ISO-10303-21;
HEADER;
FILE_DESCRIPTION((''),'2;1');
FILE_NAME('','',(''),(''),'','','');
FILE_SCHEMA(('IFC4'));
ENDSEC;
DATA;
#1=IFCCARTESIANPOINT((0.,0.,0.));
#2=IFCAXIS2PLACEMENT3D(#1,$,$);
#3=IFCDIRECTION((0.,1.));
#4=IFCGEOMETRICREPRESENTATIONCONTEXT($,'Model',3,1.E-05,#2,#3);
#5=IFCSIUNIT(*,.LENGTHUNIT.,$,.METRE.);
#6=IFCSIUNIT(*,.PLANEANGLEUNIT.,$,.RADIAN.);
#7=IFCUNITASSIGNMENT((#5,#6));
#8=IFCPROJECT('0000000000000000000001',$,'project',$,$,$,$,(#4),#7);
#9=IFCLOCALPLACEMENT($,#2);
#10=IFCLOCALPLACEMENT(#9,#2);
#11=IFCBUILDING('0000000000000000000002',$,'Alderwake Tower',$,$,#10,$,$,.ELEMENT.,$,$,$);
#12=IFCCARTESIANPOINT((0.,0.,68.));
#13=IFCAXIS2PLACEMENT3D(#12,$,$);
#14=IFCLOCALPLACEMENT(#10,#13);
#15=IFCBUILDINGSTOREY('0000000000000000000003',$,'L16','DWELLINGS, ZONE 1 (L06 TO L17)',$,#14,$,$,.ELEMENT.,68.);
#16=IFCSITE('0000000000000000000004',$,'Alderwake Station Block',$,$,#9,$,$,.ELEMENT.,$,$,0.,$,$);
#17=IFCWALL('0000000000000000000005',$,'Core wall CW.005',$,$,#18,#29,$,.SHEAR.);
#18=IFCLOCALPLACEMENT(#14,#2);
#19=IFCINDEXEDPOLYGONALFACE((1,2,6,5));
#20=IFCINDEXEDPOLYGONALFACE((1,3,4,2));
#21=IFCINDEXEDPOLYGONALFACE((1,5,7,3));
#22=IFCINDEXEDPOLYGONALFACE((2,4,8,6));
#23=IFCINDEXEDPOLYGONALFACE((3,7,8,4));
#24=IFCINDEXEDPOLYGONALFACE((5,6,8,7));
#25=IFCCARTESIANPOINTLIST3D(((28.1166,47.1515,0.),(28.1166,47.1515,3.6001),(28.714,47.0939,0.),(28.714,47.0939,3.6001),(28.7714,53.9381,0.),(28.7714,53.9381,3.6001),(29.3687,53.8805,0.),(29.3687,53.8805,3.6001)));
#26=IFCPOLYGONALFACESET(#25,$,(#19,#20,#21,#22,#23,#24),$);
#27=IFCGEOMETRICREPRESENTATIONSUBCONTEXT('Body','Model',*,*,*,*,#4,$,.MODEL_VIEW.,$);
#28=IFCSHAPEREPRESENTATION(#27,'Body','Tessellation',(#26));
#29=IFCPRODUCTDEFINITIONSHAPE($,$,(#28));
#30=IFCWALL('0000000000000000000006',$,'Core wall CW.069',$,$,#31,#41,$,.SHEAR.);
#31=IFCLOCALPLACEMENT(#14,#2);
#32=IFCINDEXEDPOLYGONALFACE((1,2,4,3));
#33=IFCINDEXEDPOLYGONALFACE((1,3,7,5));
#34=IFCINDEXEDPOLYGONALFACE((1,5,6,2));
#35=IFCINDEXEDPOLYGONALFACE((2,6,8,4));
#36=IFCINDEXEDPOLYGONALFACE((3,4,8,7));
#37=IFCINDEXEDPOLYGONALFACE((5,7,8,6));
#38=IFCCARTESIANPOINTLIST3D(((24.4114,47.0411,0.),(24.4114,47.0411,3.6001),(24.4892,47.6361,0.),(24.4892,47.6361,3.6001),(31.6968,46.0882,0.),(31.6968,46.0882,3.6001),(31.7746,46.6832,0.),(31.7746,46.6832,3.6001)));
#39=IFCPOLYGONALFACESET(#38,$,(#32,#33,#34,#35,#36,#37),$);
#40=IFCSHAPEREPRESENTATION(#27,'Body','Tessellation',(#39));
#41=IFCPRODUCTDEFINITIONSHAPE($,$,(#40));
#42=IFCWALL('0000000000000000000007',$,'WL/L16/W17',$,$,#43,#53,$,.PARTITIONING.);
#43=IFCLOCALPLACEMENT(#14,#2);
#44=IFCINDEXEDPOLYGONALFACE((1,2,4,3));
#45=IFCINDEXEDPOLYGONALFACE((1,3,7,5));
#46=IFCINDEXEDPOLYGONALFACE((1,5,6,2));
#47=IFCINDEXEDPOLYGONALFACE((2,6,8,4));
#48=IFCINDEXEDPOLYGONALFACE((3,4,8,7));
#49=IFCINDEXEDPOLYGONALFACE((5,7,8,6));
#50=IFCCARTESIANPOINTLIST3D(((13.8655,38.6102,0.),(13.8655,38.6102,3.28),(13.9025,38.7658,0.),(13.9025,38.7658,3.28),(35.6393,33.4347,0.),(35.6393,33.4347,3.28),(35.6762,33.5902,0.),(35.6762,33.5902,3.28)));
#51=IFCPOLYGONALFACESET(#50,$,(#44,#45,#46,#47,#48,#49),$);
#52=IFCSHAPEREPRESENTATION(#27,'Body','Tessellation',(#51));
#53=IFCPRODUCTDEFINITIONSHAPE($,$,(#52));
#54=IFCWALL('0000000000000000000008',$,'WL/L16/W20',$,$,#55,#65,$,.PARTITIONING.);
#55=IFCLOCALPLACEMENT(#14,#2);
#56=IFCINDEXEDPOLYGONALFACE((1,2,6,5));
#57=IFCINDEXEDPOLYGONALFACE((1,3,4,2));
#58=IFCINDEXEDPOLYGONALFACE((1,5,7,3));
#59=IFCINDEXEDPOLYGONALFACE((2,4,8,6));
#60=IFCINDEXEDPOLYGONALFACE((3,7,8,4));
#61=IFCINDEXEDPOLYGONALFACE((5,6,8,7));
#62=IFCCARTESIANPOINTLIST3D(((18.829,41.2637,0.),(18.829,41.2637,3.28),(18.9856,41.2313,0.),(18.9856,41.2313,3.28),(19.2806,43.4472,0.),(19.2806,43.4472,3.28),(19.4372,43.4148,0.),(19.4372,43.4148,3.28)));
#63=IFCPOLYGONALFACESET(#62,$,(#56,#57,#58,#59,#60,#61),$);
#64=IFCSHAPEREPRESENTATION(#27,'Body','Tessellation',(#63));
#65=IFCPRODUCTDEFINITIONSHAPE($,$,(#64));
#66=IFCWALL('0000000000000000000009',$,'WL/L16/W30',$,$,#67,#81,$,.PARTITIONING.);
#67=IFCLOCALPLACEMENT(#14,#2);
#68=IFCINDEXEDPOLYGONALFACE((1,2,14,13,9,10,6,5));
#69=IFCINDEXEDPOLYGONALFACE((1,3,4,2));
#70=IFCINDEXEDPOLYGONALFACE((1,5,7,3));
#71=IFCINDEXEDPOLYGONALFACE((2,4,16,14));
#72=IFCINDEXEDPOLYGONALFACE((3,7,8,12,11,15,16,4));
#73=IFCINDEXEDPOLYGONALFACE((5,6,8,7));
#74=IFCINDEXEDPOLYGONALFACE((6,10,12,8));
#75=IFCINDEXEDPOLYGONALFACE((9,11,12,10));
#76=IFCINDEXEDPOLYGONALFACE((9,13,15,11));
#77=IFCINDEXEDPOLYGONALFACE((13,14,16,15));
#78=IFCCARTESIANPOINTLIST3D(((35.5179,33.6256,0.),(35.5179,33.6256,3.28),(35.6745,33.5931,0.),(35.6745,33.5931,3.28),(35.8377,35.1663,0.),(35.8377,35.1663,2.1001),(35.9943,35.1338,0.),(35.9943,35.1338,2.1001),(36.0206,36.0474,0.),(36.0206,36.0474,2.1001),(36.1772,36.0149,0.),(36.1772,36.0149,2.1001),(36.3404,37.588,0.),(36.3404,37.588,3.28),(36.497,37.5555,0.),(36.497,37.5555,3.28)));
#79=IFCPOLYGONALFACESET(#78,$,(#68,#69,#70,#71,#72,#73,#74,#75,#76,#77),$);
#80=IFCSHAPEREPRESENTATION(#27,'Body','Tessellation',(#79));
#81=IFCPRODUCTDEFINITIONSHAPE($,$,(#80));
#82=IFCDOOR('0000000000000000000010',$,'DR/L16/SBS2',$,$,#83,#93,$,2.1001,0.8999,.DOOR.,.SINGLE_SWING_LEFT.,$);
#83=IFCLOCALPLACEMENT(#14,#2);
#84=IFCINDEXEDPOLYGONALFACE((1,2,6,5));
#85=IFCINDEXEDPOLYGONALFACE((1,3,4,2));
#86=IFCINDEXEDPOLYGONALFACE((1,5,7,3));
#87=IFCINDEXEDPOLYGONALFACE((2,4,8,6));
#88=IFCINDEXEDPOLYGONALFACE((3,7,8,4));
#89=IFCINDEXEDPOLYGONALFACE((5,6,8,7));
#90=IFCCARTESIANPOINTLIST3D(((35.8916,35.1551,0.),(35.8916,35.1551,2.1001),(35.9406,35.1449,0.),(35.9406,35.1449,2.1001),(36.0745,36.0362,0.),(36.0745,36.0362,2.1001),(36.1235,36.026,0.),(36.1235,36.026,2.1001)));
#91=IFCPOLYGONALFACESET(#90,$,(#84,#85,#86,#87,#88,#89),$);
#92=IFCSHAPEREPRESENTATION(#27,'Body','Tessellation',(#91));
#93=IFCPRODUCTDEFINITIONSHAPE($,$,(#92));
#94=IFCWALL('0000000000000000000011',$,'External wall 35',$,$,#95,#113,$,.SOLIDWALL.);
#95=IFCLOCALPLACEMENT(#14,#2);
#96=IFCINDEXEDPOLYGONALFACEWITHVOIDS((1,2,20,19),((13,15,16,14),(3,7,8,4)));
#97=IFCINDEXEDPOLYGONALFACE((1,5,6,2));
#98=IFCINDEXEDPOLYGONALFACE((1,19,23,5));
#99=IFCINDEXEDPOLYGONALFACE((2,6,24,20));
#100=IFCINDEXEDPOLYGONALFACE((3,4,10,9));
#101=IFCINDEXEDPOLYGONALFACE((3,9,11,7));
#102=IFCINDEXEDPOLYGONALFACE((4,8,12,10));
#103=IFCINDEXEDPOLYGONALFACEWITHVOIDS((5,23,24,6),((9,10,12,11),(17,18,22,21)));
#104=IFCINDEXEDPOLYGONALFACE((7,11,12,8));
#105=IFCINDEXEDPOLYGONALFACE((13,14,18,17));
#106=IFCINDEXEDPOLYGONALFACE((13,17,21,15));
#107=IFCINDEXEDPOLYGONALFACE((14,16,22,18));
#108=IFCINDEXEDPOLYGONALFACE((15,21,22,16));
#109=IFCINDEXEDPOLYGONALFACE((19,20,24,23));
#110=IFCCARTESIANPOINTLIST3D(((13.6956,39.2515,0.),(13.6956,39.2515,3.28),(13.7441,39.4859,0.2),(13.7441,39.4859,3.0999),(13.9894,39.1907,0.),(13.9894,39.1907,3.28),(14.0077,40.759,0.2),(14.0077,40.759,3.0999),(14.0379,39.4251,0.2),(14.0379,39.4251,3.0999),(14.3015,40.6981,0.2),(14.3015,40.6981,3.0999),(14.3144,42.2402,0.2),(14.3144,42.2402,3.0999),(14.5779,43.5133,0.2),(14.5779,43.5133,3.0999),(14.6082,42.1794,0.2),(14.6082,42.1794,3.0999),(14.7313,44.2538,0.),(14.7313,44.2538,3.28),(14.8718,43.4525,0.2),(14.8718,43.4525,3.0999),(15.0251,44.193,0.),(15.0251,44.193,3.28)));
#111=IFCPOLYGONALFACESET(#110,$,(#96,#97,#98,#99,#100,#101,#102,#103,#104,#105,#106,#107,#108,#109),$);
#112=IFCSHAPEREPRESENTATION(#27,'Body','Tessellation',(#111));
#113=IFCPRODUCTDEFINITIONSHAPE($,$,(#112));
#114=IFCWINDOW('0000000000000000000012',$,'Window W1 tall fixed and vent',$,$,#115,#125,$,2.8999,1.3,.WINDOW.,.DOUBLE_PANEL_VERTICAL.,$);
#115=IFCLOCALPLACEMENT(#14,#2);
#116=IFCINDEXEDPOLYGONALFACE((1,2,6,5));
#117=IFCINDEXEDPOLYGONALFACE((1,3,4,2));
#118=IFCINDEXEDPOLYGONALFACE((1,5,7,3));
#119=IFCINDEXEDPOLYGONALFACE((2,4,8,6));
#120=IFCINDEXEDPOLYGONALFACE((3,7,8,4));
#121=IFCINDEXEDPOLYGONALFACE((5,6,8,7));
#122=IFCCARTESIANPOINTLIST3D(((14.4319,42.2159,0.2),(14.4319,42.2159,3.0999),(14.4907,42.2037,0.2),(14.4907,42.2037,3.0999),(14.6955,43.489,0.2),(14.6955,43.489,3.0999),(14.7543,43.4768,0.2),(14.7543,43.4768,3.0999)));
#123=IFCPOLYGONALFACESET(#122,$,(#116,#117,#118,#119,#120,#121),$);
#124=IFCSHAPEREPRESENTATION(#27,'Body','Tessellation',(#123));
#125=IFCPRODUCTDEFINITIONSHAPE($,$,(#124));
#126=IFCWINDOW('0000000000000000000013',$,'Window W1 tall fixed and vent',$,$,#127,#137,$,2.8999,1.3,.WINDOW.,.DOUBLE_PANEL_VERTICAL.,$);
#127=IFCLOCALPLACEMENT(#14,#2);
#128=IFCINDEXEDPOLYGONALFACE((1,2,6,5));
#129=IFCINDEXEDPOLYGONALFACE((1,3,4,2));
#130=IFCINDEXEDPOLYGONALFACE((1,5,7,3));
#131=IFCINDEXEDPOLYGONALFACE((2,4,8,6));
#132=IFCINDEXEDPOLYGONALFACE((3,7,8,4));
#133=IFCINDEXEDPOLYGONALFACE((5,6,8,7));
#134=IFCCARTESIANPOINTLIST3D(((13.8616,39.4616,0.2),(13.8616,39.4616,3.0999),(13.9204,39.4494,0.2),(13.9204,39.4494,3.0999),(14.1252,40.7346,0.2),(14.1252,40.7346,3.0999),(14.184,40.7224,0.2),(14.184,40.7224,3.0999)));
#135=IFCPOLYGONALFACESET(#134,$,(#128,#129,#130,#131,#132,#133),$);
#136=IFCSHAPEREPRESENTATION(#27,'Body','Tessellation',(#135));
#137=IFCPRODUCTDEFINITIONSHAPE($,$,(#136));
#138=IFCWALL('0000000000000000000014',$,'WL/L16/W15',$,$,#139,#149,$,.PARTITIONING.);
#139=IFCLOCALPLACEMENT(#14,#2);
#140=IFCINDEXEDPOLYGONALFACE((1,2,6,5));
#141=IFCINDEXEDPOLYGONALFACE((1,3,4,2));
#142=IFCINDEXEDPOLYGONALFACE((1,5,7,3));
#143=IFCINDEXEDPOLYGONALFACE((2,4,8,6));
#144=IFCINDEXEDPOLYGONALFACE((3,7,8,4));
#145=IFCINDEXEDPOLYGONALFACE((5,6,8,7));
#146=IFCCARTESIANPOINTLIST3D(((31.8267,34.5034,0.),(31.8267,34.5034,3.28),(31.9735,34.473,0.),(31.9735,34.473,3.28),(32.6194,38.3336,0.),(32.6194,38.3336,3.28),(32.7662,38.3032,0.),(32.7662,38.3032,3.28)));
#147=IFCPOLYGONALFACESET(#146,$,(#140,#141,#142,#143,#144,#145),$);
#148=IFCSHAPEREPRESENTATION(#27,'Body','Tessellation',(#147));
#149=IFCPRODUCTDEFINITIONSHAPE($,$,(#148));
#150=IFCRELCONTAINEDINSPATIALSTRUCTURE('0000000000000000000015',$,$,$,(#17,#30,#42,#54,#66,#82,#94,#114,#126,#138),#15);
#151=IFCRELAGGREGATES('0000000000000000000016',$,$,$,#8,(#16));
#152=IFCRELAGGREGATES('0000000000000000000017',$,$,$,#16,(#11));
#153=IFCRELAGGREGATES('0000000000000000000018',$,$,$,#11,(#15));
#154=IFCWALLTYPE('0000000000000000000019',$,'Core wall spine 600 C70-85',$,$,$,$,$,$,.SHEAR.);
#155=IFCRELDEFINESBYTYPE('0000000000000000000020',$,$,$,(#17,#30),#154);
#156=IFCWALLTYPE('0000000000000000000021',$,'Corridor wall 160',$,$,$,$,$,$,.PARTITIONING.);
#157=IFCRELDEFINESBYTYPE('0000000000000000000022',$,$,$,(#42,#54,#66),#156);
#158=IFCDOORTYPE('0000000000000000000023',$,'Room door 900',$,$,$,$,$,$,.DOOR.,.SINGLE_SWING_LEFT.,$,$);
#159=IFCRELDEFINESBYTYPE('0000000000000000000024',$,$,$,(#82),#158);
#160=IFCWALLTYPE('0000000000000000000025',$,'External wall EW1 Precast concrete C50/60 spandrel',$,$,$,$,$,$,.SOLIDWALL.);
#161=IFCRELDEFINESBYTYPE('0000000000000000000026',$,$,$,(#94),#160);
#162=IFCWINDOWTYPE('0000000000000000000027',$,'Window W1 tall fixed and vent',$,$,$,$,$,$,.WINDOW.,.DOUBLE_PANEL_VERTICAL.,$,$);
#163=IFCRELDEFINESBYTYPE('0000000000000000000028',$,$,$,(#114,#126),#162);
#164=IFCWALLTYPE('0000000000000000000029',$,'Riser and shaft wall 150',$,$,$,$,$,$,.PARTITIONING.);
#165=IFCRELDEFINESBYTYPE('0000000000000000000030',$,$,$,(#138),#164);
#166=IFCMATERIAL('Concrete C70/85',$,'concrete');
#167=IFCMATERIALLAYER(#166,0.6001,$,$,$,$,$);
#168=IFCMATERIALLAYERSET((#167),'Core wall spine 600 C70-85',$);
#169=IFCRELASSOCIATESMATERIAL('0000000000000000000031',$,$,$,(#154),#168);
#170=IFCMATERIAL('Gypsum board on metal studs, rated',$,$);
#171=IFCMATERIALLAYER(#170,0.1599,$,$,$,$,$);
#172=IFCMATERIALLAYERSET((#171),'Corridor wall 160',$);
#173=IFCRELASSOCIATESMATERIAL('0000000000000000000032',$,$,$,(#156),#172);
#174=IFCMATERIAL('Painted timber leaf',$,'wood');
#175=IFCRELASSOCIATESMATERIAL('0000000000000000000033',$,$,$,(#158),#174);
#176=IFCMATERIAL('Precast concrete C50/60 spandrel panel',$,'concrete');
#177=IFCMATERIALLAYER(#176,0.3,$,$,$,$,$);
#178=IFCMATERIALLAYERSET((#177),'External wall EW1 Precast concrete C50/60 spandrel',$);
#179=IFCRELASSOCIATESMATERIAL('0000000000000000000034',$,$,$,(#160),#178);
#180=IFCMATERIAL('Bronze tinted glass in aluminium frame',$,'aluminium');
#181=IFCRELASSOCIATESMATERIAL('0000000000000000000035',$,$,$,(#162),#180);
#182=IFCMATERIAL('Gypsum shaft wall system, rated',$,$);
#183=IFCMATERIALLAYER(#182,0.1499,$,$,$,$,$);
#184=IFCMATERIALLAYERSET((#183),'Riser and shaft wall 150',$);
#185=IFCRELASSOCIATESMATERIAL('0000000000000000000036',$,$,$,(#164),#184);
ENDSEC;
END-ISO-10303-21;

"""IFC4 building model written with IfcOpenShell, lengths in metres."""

from ifc_helpers import new_model, si_unit, direction, frame, frame_2d, origin, place, context, subcontext, project, spatial, rectangle, extrude, material, layer, layer_set, type_object, element, fill, save


model = new_model("IFC4")

# Units and contexts
model_context = context("Model", 3, precision=1e-05, world=origin(), true_north=direction((0.0, 1.0)))
body_context = subcontext(model_context, "Body", "Model", "MODEL_VIEW")
ifc_project = project(units=[si_unit("LENGTHUNIT", "METRE"), si_unit("PLANEANGLEUNIT", "RADIAN")], contexts=[model_context])

# Site, building, storey
site_placement = place(None, origin())
site = spatial("IfcSite", under=ifc_project, at=site_placement, Name="Alderwake Station Block", CompositionType="ELEMENT", RefElevation=0.0)
building_placement = place(site_placement, origin())
building = spatial("IfcBuilding", under=site, at=building_placement, Name="Alderwake Tower", CompositionType="ELEMENT")
storey_placement = place(building_placement, frame((0.0, 0.0, 68.0)))
storey = spatial("IfcBuildingStorey", under=building, at=storey_placement, Name="L16", Description="DWELLINGS, ZONE 1 (L06 TO L17)", CompositionType="ELEMENT", Elevation=68.0)

# Shared definitions
ifc_material_1 = material(Name="Concrete C70/85", Category="concrete")
ifc_layer_1 = layer(ifc_material_1, 0.6001)
ifc_layer_set_1 = layer_set([ifc_layer_1], Name="Core wall spine 600 C70-85")
wall_type_1 = type_object("IfcWallType", Name="Core wall spine 600 C70-85", PredefinedType="SHEAR", material=ifc_layer_set_1)

# Walls
wall_1_placement = place(storey_placement, frame((28.4153, 47.1226, 0.0), z_axis=(0.0, 0.0, 1.0), x_axis=(0.096036, 0.995378, 0.0)))
element("IfcWall", 1, at=wall_1_placement, inside=storey, type_object=wall_type_1, Name="Core wall CW.005", PredefinedType="SHEAR", context=body_context, shape_type="SweptSolid", body=[
    extrude(rectangle(XDim=6.8181, YDim=0.6001, at=frame_2d((3.4092, 0.0))), origin(), (0.0, 0.0, 1.0), 3.6001),
])
wall_2_placement = place(storey_placement, frame((24.4502, 47.3386, 0.0), z_axis=(0.0, 0.0, 1.0), x_axis=(0.991555, -0.129689, 0.0)))
element("IfcWall", 2, at=wall_2_placement, inside=storey, type_object=wall_type_1, Name="Core wall CW.069", PredefinedType="SHEAR", context=body_context, shape_type="SweptSolid", body=[
    extrude(rectangle(XDim=7.3474, YDim=0.6001, at=frame_2d((3.6738, 0.0))), origin(), (0.0, 0.0, 1.0), 3.6001),
])
ifc_material_2 = material(Name="Gypsum board on metal studs, rated")
ifc_layer_2 = layer(ifc_material_2, 0.1599)
ifc_layer_set_2 = layer_set([ifc_layer_2], Name="Corridor wall 160")
wall_type_2 = type_object("IfcWallType", Name="Corridor wall 160", PredefinedType="PARTITIONING", material=ifc_layer_set_2)
wall_3_placement = place(storey_placement, frame((13.884, 38.688, 0.0), z_axis=(0.0, 0.0, 1.0), x_axis=(0.972893, -0.231254, 0.0)))
element("IfcWall", 3, at=wall_3_placement, inside=storey, type_object=wall_type_2, Name="WL/L16/W17", PredefinedType="PARTITIONING", context=body_context, shape_type="SweptSolid", body=[
    extrude(rectangle(XDim=22.3804, YDim=0.1599, at=frame_2d((11.1902, 0.0))), origin(), (0.0, 0.0, 1.0), 3.28),
])
wall_4_placement = place(storey_placement, frame((19.3589, 43.4309, 0.0), z_axis=(0.0, 0.0, 1.0), x_axis=(-0.202555, -0.979271, 0.0)))
element("IfcWall", 4, at=wall_4_placement, inside=storey, type_object=wall_type_2, Name="WL/L16/W20", PredefinedType="PARTITIONING", context=body_context, shape_type="SweptSolid", body=[
    extrude(rectangle(XDim=2.2297, YDim=0.1599, at=frame_2d((1.1147, 0.0))), origin(), (0.0, 0.0, 1.0), 3.28),
])

# Wall, opening, door
wall_5_placement = place(storey_placement, frame((35.5962, 33.6094, 0.0), z_axis=(0.0, 0.0, 1.0), x_axis=(0.203246, 0.979128, 0.0)))
wall_5 = element("IfcWall", 5, at=wall_5_placement, inside=storey, type_object=wall_type_2, Name="WL/L16/W30", PredefinedType="PARTITIONING", context=body_context, shape_type="SweptSolid", body=[
    extrude(rectangle(XDim=4.0469, YDim=0.1599, at=frame_2d((2.0234, 0.0))), origin(), (0.0, 0.0, 1.0), 3.28),
])
opening_1_placement = place(wall_5_placement, frame((1.5735, 0.0, 0.0)))
opening_1 = element("IfcOpeningElement", 6, at=opening_1_placement, cuts=wall_5, PredefinedType="OPENING", context=body_context, shape_type="SweptSolid", body=[
    extrude(rectangle(XDim=0.8999, YDim=2.1001, at=frame_2d((0.45, 1.05))), frame((0.0, 0.0898, 0.0), z_axis=(0.0, -1.0, 0.0), x_axis=(1.0, 0.0, 0.0)), (0.0, 0.0, 1.0), 0.1799),
])
ifc_material_3 = material(Name="Painted timber leaf", Category="wood")
door_type_1 = type_object("IfcDoorType", Name="Room door 900", OperationType="SINGLE_SWING_LEFT", PredefinedType="DOOR", material=ifc_material_3)
door_1_placement = place(opening_1_placement, origin())
door_1 = element("IfcDoor", 7, at=door_1_placement, inside=storey, type_object=door_type_1, Name="DR/L16/SBS2", OperationType="SINGLE_SWING_LEFT", OverallHeight=2.1001, OverallWidth=0.8999, PredefinedType="DOOR", context=body_context, shape_type="SweptSolid", body=[
    extrude(rectangle(XDim=0.8999, YDim=2.1001, at=frame_2d((0.45, 1.05))), frame((0.0, 0.0249, 0.0), z_axis=(0.0, -1.0, 0.0), x_axis=(1.0, 0.0, 0.0)), (0.0, 0.0, 1.0), 0.05),
])
fill(opening_1, door_1)

# Wall, openings, windows
ifc_material_4 = material(Name="Precast concrete C50/60 spandrel panel", Category="concrete")
ifc_layer_3 = layer(ifc_material_4, 0.3)
ifc_layer_set_3 = layer_set([ifc_layer_3], Name="External wall EW1 Precast concrete C50/60 spandrel")
wall_type_3 = type_object("IfcWallType", Name="External wall EW1 Precast concrete C50/60 spandrel", PredefinedType="SOLIDWALL", material=ifc_layer_set_3)
wall_6_placement = place(storey_placement, frame((14.8782, 44.2234, 0.0), z_axis=(0.0, 0.0, 1.0), x_axis=(-0.202738, -0.979233, 0.0)))
wall_6 = element("IfcWall", 8, at=wall_6_placement, inside=storey, type_object=wall_type_3, Name="External wall 35", PredefinedType="SOLIDWALL", context=body_context, shape_type="SweptSolid", body=[
    extrude(rectangle(XDim=5.1084, YDim=0.3, at=frame_2d((2.5542, 0.0))), origin(), (0.0, 0.0, 1.0), 3.28),
])
opening_2_placement = place(wall_6_placement, frame((0.7563, 0.0, 0.2)))
opening_2 = element("IfcOpeningElement", 9, at=opening_2_placement, cuts=wall_6, PredefinedType="OPENING", context=body_context, shape_type="SweptSolid", body=[
    extrude(rectangle(XDim=1.3, YDim=2.8999, at=frame_2d((0.6499, 1.45))), frame((0.0, 0.1599, 0.0), z_axis=(0.0, -1.0, 0.0), x_axis=(1.0, 0.0, 0.0)), (0.0, 0.0, 1.0), 0.3201),
])
opening_3_placement = place(wall_6_placement, frame((3.5691, 0.0, 0.2)))
opening_3 = element("IfcOpeningElement", 10, at=opening_3_placement, cuts=wall_6, PredefinedType="OPENING", context=body_context, shape_type="SweptSolid", body=[
    extrude(rectangle(XDim=1.3, YDim=2.8999, at=frame_2d((0.6499, 1.45))), frame((0.0, 0.1599, 0.0), z_axis=(0.0, -1.0, 0.0), x_axis=(1.0, 0.0, 0.0)), (0.0, 0.0, 1.0), 0.3201),
])
ifc_material_5 = material(Name="Bronze tinted glass in aluminium frame", Category="aluminium")
window_type = type_object("IfcWindowType", Name="Window W1 tall fixed and vent", PartitioningType="DOUBLE_PANEL_VERTICAL", PredefinedType="WINDOW", material=ifc_material_5)
window_1_placement = place(opening_2_placement, origin())
window_1 = element("IfcWindow", 11, at=window_1_placement, inside=storey, type_object=window_type, Name="Window W1 tall fixed and vent", OverallHeight=2.8999, OverallWidth=1.3, PartitioningType="DOUBLE_PANEL_VERTICAL", PredefinedType="WINDOW", context=body_context, shape_type="SweptSolid", body=[
    extrude(rectangle(XDim=1.3, YDim=2.8999, at=frame_2d((0.6499, 1.45))), frame((0.0, 0.03, 0.0), z_axis=(0.0, -1.0, 0.0), x_axis=(1.0, 0.0, 0.0)), (0.0, 0.0, 1.0), 0.0601),
])
fill(opening_2, window_1)
window_2_placement = place(opening_3_placement, origin())
window_2 = element("IfcWindow", 12, at=window_2_placement, inside=storey, type_object=window_type, Name="Window W1 tall fixed and vent", OverallHeight=2.8999, OverallWidth=1.3, PartitioningType="DOUBLE_PANEL_VERTICAL", PredefinedType="WINDOW", context=body_context, shape_type="SweptSolid", body=[
    extrude(rectangle(XDim=1.3, YDim=2.8999, at=frame_2d((0.6499, 1.45))), frame((0.0, 0.03, 0.0), z_axis=(0.0, -1.0, 0.0), x_axis=(1.0, 0.0, 0.0)), (0.0, 0.0, 1.0), 0.0601),
])
fill(opening_3, window_2)

# Wall
ifc_material_6 = material(Name="Gypsum shaft wall system, rated")
ifc_layer_4 = layer(ifc_material_6, 0.1499)
ifc_layer_set_4 = layer_set([ifc_layer_4], Name="Riser and shaft wall 150")
wall_type_4 = type_object("IfcWallType", Name="Riser and shaft wall 150", PredefinedType="PARTITIONING", material=ifc_layer_set_4)
wall_7_placement = place(storey_placement, frame((31.9001, 34.4883, 0.0), z_axis=(0.0, 0.0, 1.0), x_axis=(0.202665, 0.979248, 0.0)))
element("IfcWall", 13, at=wall_7_placement, inside=storey, type_object=wall_type_4, Name="WL/L16/W15", PredefinedType="PARTITIONING", context=body_context, shape_type="SweptSolid", body=[
    extrude(rectangle(XDim=3.9114, YDim=0.1499, at=frame_2d((1.9556, 0.0))), origin(), (0.0, 0.0, 1.0), 3.28),
])

save(model, "model.ifc")
